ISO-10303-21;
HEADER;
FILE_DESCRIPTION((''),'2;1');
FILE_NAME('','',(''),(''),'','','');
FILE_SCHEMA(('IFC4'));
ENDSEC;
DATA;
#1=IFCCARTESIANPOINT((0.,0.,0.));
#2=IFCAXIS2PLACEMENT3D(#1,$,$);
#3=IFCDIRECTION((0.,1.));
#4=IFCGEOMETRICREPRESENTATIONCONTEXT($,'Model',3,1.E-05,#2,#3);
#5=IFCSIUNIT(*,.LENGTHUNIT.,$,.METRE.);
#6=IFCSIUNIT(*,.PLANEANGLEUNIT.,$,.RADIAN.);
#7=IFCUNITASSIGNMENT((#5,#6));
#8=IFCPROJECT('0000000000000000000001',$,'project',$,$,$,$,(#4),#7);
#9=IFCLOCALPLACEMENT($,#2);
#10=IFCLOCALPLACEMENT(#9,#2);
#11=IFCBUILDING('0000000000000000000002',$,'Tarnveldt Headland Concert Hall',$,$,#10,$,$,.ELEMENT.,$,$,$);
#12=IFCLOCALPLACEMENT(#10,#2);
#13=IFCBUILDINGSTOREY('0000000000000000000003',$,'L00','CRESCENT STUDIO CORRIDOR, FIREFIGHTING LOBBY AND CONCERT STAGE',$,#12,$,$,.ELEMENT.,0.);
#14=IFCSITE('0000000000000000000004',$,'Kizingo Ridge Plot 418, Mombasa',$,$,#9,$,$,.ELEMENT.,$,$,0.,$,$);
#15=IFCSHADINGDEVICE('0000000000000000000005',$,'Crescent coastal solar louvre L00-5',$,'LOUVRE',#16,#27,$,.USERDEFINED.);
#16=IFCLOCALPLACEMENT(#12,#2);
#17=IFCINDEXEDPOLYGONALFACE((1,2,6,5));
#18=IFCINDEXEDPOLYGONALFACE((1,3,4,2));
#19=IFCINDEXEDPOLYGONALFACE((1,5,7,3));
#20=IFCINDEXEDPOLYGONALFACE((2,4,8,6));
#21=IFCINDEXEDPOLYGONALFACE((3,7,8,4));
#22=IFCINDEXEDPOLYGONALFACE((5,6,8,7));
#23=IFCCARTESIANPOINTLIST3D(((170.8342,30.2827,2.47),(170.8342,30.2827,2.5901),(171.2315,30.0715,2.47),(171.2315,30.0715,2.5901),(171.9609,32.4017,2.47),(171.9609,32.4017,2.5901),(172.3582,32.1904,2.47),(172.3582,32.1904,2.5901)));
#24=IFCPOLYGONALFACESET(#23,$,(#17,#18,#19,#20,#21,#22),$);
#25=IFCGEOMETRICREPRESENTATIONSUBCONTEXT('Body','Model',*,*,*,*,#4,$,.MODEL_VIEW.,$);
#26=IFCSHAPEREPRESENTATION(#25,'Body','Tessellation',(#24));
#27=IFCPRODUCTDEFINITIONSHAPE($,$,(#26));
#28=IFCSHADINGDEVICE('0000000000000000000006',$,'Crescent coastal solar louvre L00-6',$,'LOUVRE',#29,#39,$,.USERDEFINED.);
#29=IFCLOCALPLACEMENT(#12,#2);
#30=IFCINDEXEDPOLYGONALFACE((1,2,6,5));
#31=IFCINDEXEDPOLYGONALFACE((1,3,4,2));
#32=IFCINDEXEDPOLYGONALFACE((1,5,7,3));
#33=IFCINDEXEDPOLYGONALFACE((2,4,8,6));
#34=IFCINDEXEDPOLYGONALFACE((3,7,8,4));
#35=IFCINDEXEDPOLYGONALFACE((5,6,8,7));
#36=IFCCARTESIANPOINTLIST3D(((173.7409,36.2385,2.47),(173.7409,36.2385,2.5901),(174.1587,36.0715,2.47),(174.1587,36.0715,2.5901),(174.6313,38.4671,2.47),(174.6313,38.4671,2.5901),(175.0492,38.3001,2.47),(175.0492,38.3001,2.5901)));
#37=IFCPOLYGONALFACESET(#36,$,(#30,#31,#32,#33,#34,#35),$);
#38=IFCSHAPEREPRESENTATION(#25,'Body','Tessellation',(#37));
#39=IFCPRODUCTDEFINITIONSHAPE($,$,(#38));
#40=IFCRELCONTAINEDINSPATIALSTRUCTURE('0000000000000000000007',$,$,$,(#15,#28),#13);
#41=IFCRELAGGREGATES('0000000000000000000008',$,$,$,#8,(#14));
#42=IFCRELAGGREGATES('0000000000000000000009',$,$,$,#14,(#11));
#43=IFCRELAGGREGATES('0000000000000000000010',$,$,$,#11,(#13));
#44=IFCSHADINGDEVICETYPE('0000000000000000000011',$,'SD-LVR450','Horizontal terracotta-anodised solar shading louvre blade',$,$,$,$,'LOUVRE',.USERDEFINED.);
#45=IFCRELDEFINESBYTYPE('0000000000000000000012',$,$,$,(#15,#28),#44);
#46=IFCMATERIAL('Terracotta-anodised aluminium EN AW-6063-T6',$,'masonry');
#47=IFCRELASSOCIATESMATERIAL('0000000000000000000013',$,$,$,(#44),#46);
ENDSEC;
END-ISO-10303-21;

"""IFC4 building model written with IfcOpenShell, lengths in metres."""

from ifc_helpers import new_model, si_unit, direction, frame, origin, origin_2d, place, context, subcontext, project, spatial, rectangle, extrude, material, type_object, element, save


model = new_model("IFC4")

# Units and contexts
model_context = context("Model", 3, precision=1e-05, world=origin(), true_north=direction((0.0, 1.0)))
body_context = subcontext(model_context, "Body", "Model", "MODEL_VIEW")
ifc_project = project(units=[si_unit("LENGTHUNIT", "METRE"), si_unit("PLANEANGLEUNIT", "RADIAN")], contexts=[model_context])

# Site, building, storey
site_placement = place(None, origin())
site = spatial("IfcSite", under=ifc_project, at=site_placement, Name="Kizingo Ridge Plot 418, Mombasa", CompositionType="ELEMENT", RefElevation=0.0)
building_placement = place(site_placement, origin())
building = spatial("IfcBuilding", under=site, at=building_placement, Name="Tarnveldt Headland Concert Hall", CompositionType="ELEMENT")
storey_placement = place(building_placement, origin())
storey = spatial("IfcBuildingStorey", under=building, at=storey_placement, Name="L00", Description="CRESCENT STUDIO CORRIDOR, FIREFIGHTING LOBBY AND CONCERT STAGE", CompositionType="ELEMENT", Elevation=0.0)

# Shading devices
ifc_material_1 = material(Name="Terracotta-anodised aluminium EN AW-6063-T6", Category="masonry")
shading_device_type = type_object("IfcShadingDeviceType", Name="SD-LVR450", Description="Horizontal terracotta-anodised solar shading louvre blade", ElementType="LOUVRE", PredefinedType="USERDEFINED", material=ifc_material_1)
for number, where, z_axis, x_axis, name in (
    (1, (171.5962, 31.2366, 2.47), (0.0, 0.0, 1.0), (0.882948, -0.469472, 0.0), "Crescent coastal solar louvre L00-5"),
    (2, (174.395, 37.2693, 2.47), (0.0, 0.0, 1.0), (0.928615, -0.371044, 0.0), "Crescent coastal solar louvre L00-6"),
):
    element("IfcShadingDevice", number, at=place(storey_placement, frame(where, z_axis=z_axis, x_axis=x_axis)), inside=storey, type_object=shading_device_type, Name=name, ObjectType="LOUVRE", PredefinedType="USERDEFINED", context=body_context, shape_type="SweptSolid", body=[
        extrude(rectangle(XDim=0.45, YDim=2.3999, at=origin_2d()), origin(), (0.0, 0.0, 1.0), 0.1201),
    ])

save(model, "model.ifc")
